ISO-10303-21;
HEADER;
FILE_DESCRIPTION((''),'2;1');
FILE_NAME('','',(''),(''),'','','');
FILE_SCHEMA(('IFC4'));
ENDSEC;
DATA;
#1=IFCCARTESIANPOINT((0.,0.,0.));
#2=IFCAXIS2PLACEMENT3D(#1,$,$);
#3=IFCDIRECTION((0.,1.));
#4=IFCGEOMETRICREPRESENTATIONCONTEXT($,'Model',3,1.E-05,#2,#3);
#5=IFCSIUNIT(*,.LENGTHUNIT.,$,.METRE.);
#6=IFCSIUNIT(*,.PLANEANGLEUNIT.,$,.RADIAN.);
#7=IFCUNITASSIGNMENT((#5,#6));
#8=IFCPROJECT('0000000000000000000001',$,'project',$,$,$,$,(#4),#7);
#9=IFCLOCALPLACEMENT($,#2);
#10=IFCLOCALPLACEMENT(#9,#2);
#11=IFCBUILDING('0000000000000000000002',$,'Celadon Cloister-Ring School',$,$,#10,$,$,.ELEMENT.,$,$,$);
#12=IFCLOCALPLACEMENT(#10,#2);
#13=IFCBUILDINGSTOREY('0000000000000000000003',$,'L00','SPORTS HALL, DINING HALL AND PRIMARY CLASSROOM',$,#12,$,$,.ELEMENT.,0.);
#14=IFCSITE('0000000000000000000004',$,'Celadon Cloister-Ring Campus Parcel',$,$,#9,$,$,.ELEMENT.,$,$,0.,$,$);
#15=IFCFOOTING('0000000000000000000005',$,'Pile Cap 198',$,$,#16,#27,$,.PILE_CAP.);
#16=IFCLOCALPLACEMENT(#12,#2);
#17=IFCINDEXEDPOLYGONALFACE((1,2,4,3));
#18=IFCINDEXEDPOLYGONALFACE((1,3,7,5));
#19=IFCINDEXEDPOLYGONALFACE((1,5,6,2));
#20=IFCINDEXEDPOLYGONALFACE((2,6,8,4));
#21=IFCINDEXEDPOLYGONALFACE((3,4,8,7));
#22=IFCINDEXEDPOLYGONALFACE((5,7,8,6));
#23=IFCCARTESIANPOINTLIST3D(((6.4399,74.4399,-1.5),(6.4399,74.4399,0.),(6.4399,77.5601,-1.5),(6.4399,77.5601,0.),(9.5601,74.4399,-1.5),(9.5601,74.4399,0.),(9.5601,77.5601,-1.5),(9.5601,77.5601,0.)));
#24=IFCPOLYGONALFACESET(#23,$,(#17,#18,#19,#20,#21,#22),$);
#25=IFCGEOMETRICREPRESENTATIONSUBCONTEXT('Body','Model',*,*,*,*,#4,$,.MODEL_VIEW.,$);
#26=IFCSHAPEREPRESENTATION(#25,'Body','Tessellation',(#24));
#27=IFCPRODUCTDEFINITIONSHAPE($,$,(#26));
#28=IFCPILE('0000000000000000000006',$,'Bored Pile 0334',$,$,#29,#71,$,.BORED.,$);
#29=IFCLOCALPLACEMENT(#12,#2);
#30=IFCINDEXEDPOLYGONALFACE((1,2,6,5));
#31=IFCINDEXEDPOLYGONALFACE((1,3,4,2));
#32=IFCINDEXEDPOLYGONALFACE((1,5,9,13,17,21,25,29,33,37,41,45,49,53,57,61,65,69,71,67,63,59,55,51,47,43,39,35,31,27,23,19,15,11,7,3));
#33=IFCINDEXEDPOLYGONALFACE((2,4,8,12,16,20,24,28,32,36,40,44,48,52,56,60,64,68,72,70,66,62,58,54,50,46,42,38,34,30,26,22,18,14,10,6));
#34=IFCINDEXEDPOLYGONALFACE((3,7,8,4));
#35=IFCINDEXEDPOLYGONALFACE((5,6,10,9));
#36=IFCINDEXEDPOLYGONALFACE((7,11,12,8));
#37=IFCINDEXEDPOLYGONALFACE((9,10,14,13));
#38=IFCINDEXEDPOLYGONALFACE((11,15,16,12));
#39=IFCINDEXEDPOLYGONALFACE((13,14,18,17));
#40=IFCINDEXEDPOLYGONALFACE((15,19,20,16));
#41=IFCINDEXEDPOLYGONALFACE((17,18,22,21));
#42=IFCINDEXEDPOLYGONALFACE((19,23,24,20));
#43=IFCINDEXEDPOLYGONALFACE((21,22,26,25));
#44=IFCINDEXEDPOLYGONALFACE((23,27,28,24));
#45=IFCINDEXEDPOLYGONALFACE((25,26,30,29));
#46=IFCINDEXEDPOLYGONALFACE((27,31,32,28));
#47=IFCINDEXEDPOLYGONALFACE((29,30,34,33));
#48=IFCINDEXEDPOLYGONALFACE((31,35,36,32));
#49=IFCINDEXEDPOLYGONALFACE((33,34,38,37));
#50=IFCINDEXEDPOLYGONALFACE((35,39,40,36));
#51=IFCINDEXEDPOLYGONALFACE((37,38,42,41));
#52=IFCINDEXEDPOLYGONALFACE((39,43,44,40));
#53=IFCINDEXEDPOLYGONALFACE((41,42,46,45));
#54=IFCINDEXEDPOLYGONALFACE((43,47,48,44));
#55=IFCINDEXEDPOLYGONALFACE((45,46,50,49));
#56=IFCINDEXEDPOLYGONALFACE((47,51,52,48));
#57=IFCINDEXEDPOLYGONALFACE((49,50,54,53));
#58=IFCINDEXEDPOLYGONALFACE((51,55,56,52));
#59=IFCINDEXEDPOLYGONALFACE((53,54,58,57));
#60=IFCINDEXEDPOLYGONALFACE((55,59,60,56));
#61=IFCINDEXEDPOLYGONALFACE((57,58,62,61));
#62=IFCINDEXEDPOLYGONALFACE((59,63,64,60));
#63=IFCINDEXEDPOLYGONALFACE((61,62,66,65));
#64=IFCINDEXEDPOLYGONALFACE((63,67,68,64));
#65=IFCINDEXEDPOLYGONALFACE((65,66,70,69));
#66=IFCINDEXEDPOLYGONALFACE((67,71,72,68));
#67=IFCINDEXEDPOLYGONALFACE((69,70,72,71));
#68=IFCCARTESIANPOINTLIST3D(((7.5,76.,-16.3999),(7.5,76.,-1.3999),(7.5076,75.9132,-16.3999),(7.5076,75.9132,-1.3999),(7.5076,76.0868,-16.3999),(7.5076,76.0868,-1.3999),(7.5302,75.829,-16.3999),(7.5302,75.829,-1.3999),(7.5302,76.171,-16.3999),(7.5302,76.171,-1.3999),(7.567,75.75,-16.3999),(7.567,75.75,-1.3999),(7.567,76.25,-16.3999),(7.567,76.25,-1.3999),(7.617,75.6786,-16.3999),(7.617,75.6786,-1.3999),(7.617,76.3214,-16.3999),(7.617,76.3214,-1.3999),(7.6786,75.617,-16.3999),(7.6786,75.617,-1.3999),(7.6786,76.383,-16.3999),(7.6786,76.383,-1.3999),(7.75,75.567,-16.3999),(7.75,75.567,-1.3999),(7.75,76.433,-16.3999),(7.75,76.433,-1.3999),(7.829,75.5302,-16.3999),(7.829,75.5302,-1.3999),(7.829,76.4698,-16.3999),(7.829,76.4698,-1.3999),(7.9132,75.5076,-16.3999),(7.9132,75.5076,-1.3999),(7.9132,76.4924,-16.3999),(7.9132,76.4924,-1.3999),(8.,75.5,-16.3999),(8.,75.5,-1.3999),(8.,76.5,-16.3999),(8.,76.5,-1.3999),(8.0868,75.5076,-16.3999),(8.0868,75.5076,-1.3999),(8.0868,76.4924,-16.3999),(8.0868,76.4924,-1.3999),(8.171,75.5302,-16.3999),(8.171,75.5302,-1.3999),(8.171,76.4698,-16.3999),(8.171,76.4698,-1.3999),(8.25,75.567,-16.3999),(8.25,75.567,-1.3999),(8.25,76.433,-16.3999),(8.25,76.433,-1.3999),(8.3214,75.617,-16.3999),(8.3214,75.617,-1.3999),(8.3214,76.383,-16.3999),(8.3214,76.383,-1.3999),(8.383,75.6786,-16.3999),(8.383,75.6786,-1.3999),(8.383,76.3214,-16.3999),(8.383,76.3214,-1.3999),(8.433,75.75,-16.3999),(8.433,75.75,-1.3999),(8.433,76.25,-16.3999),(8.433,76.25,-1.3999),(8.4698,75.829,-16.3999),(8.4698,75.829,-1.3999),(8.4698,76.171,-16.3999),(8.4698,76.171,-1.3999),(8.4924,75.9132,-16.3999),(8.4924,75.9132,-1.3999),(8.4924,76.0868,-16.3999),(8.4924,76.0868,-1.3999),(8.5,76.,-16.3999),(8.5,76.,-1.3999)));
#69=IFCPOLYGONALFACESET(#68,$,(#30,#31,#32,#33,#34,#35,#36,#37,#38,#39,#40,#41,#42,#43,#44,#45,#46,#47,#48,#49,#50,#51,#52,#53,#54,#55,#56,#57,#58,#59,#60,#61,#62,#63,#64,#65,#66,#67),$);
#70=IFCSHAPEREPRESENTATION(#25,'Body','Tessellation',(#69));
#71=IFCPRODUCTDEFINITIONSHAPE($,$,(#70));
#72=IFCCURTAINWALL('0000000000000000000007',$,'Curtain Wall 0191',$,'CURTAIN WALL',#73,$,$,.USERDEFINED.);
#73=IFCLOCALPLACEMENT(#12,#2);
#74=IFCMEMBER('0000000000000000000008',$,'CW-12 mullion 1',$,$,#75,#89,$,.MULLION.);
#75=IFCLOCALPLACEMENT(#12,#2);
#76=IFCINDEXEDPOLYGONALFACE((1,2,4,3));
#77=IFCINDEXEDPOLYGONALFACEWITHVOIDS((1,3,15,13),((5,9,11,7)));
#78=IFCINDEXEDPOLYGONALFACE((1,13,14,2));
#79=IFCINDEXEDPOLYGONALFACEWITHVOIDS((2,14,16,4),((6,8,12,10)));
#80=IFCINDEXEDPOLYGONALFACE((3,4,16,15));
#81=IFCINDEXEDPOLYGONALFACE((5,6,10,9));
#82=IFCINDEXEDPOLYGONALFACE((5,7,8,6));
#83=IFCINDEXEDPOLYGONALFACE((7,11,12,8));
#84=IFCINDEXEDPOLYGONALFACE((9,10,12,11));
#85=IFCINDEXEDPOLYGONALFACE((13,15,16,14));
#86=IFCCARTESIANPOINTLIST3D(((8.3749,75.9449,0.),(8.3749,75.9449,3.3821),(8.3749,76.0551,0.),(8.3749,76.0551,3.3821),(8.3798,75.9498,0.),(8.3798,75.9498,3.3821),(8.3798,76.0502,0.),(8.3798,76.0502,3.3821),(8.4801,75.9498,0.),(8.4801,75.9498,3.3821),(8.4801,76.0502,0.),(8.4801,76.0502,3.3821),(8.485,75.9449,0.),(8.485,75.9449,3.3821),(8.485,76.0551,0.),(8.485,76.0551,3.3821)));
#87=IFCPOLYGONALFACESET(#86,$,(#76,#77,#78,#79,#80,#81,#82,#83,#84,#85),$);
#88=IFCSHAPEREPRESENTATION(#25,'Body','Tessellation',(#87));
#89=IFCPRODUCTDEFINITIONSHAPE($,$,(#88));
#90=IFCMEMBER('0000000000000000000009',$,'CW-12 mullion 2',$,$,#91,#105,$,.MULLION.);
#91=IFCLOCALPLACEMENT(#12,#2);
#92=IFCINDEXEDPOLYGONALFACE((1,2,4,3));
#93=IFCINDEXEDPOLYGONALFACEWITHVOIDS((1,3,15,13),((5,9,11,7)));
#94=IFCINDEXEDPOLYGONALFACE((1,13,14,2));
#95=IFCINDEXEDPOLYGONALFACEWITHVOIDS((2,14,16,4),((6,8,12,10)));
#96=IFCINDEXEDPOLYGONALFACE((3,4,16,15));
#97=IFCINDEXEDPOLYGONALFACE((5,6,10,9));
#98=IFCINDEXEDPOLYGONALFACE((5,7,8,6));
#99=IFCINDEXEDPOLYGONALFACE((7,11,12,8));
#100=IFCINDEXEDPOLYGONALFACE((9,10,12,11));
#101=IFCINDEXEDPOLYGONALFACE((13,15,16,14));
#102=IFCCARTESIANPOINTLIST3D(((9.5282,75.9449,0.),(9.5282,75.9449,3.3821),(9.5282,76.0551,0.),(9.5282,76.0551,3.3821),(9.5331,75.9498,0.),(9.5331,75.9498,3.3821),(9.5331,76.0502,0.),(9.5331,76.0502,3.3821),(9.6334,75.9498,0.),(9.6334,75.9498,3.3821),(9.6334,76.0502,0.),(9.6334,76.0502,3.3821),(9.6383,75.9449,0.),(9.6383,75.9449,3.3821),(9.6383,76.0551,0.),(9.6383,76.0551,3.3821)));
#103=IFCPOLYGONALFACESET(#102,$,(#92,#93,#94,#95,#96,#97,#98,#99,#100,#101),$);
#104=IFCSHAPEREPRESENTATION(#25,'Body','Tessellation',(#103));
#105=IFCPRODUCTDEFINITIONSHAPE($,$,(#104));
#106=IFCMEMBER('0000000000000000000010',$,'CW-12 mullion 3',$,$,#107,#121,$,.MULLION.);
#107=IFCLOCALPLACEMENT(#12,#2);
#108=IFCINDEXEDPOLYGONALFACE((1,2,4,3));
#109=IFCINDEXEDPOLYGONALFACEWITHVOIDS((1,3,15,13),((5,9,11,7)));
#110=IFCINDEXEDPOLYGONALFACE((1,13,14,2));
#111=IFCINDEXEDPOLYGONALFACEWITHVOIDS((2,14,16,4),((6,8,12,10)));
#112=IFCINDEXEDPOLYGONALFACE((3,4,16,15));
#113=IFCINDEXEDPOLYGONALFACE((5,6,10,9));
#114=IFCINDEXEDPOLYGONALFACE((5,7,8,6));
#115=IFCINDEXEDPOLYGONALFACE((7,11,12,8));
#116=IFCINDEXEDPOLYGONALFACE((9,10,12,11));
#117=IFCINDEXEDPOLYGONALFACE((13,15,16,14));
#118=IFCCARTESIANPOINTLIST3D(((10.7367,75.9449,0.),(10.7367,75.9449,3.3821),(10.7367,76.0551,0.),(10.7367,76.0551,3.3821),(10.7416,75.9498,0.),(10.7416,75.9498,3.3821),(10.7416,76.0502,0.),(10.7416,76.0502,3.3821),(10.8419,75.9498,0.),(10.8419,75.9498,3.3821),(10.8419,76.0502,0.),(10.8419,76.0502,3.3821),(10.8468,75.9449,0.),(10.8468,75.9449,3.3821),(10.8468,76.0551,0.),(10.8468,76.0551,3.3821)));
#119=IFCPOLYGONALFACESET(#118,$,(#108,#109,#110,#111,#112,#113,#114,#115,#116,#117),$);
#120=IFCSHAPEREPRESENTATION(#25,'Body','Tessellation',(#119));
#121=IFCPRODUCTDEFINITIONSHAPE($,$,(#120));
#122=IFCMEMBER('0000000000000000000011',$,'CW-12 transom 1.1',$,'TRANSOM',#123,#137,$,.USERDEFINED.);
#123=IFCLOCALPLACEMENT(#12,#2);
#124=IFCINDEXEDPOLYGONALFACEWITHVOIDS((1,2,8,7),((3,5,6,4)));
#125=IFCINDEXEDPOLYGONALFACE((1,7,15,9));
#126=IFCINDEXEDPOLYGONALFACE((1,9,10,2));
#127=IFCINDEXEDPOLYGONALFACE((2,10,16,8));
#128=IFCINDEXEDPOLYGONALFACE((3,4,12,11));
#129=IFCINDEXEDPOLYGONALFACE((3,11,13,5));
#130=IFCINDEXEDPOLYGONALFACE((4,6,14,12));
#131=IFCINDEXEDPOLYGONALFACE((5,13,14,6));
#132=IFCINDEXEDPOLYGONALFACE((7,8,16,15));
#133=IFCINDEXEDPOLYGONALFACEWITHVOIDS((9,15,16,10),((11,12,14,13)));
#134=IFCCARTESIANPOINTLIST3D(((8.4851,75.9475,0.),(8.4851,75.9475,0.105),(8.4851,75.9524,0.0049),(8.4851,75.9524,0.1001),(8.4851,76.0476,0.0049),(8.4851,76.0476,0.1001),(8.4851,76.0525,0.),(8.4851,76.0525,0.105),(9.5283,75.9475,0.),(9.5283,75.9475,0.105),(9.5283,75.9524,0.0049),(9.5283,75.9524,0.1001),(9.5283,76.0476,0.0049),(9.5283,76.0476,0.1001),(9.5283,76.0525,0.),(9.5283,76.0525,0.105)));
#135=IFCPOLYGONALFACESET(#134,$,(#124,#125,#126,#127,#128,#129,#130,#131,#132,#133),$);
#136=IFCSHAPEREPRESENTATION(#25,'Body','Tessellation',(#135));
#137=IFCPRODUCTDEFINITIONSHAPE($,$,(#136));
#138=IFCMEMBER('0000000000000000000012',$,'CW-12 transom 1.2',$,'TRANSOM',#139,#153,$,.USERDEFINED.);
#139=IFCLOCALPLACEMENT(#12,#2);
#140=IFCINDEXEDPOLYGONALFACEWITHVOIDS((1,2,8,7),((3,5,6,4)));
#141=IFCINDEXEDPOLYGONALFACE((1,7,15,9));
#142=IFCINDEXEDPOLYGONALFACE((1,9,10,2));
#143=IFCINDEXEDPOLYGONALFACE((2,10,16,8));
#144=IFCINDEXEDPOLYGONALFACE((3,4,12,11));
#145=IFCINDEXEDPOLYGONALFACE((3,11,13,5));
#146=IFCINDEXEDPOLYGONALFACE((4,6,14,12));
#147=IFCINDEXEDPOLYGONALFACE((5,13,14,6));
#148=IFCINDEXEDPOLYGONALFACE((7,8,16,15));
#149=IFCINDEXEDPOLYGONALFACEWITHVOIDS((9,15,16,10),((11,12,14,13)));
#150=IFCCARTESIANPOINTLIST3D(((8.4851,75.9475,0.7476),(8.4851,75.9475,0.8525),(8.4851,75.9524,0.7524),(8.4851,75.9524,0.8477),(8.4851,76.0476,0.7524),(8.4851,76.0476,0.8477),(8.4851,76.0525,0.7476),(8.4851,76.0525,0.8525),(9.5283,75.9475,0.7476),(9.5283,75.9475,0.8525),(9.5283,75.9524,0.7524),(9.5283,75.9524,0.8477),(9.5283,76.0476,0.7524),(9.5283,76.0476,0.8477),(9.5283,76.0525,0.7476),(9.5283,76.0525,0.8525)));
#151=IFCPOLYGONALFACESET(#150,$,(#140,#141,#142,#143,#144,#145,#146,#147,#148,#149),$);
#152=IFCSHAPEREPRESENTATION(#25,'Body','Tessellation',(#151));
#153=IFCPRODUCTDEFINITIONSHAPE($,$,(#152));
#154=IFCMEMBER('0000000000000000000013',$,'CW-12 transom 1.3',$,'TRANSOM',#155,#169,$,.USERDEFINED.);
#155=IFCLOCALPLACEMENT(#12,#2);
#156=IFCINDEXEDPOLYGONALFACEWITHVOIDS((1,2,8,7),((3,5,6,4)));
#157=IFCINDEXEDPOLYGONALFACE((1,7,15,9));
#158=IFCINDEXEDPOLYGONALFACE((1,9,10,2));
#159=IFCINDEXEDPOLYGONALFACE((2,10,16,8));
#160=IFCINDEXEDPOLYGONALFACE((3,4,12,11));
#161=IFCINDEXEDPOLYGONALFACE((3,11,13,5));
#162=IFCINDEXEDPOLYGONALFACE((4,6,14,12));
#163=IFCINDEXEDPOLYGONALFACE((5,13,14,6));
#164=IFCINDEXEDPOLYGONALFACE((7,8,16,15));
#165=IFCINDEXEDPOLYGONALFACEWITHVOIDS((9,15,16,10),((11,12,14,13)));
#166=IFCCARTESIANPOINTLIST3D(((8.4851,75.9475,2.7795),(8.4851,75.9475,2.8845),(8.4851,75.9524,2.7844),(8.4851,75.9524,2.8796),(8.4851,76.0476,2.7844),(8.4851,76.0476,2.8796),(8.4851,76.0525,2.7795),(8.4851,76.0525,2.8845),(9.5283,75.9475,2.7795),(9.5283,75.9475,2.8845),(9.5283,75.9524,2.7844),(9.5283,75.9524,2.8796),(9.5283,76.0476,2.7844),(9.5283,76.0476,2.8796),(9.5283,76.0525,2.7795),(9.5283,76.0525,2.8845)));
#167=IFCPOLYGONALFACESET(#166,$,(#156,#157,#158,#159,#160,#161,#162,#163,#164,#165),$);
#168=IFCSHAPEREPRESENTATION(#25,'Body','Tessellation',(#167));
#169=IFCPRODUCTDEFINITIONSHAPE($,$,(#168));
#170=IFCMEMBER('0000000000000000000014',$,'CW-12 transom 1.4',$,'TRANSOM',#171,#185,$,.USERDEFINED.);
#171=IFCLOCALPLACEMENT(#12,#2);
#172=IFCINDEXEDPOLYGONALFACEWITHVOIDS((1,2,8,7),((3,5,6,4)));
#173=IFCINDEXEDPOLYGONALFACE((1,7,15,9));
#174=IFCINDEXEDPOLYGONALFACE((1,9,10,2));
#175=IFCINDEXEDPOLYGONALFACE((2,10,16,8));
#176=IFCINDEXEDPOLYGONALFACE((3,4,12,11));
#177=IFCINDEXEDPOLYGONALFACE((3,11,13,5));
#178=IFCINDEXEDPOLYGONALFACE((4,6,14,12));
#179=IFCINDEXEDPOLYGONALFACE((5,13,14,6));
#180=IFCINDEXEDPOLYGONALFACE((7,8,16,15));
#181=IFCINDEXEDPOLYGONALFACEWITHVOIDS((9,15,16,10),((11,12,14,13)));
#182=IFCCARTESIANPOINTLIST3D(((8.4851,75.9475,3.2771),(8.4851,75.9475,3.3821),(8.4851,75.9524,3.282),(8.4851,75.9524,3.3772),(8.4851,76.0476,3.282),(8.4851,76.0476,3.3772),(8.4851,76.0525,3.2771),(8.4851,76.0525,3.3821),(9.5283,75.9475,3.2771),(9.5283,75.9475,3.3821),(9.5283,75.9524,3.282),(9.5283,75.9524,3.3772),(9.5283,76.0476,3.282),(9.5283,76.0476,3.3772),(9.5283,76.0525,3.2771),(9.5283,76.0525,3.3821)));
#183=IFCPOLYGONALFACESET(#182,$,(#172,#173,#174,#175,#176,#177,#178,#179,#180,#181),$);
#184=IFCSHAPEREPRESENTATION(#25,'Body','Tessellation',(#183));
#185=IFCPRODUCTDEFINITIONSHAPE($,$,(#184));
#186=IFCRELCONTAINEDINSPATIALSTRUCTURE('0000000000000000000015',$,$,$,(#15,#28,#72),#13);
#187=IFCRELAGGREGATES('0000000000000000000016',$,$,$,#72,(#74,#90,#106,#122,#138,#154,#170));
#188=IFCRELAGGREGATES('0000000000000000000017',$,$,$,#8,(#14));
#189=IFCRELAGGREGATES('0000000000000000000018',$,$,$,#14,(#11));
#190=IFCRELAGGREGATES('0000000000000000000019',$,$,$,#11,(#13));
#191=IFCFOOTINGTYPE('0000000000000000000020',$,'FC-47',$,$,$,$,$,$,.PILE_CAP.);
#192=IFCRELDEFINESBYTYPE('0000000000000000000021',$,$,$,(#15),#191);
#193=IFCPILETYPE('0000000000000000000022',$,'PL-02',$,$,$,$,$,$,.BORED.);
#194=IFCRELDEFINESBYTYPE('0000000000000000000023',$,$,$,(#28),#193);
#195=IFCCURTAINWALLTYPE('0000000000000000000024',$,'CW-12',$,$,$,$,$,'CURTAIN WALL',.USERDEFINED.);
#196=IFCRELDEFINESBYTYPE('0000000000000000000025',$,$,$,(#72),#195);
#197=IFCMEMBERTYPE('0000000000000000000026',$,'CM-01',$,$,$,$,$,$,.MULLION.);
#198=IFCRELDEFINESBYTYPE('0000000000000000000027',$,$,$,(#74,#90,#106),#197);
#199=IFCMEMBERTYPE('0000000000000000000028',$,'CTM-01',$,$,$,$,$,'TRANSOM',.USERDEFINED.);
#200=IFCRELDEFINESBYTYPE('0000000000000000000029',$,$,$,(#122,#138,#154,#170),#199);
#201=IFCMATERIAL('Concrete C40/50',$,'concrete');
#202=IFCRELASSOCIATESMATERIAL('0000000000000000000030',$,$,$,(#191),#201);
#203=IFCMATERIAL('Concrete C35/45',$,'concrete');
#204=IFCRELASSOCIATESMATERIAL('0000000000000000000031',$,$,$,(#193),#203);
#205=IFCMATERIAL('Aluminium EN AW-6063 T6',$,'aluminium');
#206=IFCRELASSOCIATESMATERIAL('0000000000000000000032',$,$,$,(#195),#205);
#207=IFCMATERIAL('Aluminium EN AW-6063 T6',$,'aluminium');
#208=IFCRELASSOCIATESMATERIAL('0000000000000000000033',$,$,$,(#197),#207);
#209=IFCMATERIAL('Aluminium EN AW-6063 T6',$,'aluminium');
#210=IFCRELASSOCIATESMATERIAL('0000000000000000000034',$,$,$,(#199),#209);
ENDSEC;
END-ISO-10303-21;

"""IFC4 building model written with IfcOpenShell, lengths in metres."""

from ifc_helpers import new_model, si_unit, direction, frame, origin, origin_2d, place, context, subcontext, project, spatial, rectangle, hollow_rectangle, circle, extrude, material, material_profile, profile_set, type_object, element, aggregate, save


model = new_model("IFC4")

# Units and contexts
model_context = context("Model", 3, precision=1e-05, world=origin(), true_north=direction((0.0, 1.0)))
body_context = subcontext(model_context, "Body", "Model", "MODEL_VIEW")
ifc_project = project(units=[si_unit("LENGTHUNIT", "METRE"), si_unit("PLANEANGLEUNIT", "RADIAN")], contexts=[model_context])

# Site, building, storey
site_placement = place(None, origin())
site = spatial("IfcSite", under=ifc_project, at=site_placement, Name="Celadon Cloister-Ring Campus Parcel", CompositionType="ELEMENT", RefElevation=0.0)
building_placement = place(site_placement, origin())
building = spatial("IfcBuilding", under=site, at=building_placement, Name="Celadon Cloister-Ring School", CompositionType="ELEMENT")
storey_placement = place(building_placement, origin())
storey = spatial("IfcBuildingStorey", under=building, at=storey_placement, Name="L00", Description="SPORTS HALL, DINING HALL AND PRIMARY CLASSROOM", CompositionType="ELEMENT", Elevation=0.0)

# Footing
ifc_material_1 = material(Name="Concrete C40/50", Category="concrete")
footing_type = type_object("IfcFootingType", Name="FC-47", PredefinedType="PILE_CAP", material=ifc_material_1)
footing_placement = place(storey_placement, frame((8.0, 76.0, -1.5), z_axis=(0.0, 0.0, 1.0), x_axis=(1.0, 0.0, 0.0)))
element("IfcFooting", 1, at=footing_placement, inside=storey, type_object=footing_type, Name="Pile Cap 198", PredefinedType="PILE_CAP", context=body_context, shape_type="SweptSolid", body=[
    extrude(rectangle(XDim=3.1201, YDim=3.1201, at=origin_2d()), origin(), (0.0, 0.0, 1.0), 1.5),
])

# Pile
ifc_material_2 = material(Name="Concrete C35/45", Category="concrete")
ifc_material_profile_1 = material_profile(ifc_material_2, circle(Radius=0.5, at=origin_2d()), Name="PILE1000")
ifc_profile_set_1 = profile_set([ifc_material_profile_1], Name="Concrete C35/45")
pile_type = type_object("IfcPileType", Name="PL-02", PredefinedType="BORED", material=ifc_profile_set_1)
pile_placement = place(storey_placement, frame((8.0, 76.0, -1.3999), z_axis=(0.0, 0.0, -1.0), x_axis=(1.0, 0.0, 0.0)))
element("IfcPile", 2, at=pile_placement, inside=storey, type_object=pile_type, Name="Bored Pile 0334", PredefinedType="BORED", context=body_context, shape_type="SweptSolid", body=[
    extrude(circle(Radius=0.5, at=origin_2d()), origin(), (0.0, 0.0, 1.0), 15.0),
])

# Curtain wall, members
ifc_material_3 = material(Name="Aluminium EN AW-6063 T6", Category="aluminium")
curtain_wall_type = type_object("IfcCurtainWallType", Name="CW-12", ElementType="CURTAIN WALL", PredefinedType="USERDEFINED", material=ifc_material_3)
curtain_wall_placement = place(storey_placement, origin())
curtain_wall = element("IfcCurtainWall", 3, at=curtain_wall_placement, inside=storey, type_object=curtain_wall_type, Name="Curtain Wall 0191", ObjectType="CURTAIN WALL", PredefinedType="USERDEFINED")
ifc_material_4 = material(Name="Aluminium EN AW-6063 T6", Category="aluminium")
ifc_material_profile_2 = material_profile(ifc_material_4, hollow_rectangle(XDim=0.1101, YDim=0.1101, WallThickness=0.0049, at=origin_2d()), Name="RHS110X110X5")
ifc_profile_set_2 = profile_set([ifc_material_profile_2], Name="Aluminium EN AW-6063 T6")
member_type_1 = type_object("IfcMemberType", Name="CM-01", PredefinedType="MULLION", material=ifc_profile_set_2)
member_1_placement = place(storey_placement, frame((8.4299, 76.0, 0.0), z_axis=(0.0, 0.0, 1.0), x_axis=(0.0, 1.0, 0.0)))
member_1 = element("IfcMember", 4, at=member_1_placement, type_object=member_type_1, Name="CW-12 mullion 1", PredefinedType="MULLION", context=body_context, shape_type="SweptSolid", body=[
    extrude(hollow_rectangle(XDim=0.1101, YDim=0.1101, WallThickness=0.0049, at=origin_2d()), origin(), (0.0, 0.0, 1.0), 3.3821),
])
member_2_placement = place(storey_placement, frame((9.5833, 76.0, 0.0), z_axis=(0.0, 0.0, 1.0), x_axis=(0.0, 1.0, 0.0)))
member_2 = element("IfcMember", 5, at=member_2_placement, type_object=member_type_1, Name="CW-12 mullion 2", PredefinedType="MULLION", context=body_context, shape_type="SweptSolid", body=[
    extrude(hollow_rectangle(XDim=0.1101, YDim=0.1101, WallThickness=0.0049, at=origin_2d()), origin(), (0.0, 0.0, 1.0), 3.3821),
])
member_3_placement = place(storey_placement, frame((10.7917, 76.0, 0.0), z_axis=(0.0, 0.0, 1.0), x_axis=(0.0, 1.0, 0.0)))
member_3 = element("IfcMember", 6, at=member_3_placement, type_object=member_type_1, Name="CW-12 mullion 3", PredefinedType="MULLION", context=body_context, shape_type="SweptSolid", body=[
    extrude(hollow_rectangle(XDim=0.1101, YDim=0.1101, WallThickness=0.0049, at=origin_2d()), origin(), (0.0, 0.0, 1.0), 3.3821),
])
ifc_material_5 = material(Name="Aluminium EN AW-6063 T6", Category="aluminium")
ifc_material_profile_3 = material_profile(ifc_material_5, hollow_rectangle(XDim=0.105, YDim=0.105, WallThickness=0.0049, at=origin_2d()), Name="RHS105X105X5")
ifc_profile_set_3 = profile_set([ifc_material_profile_3], Name="Aluminium EN AW-6063 T6")
member_type_2 = type_object("IfcMemberType", Name="CTM-01", ElementType="TRANSOM", PredefinedType="USERDEFINED", material=ifc_profile_set_3)
member_4_placement = place(storey_placement, frame((8.4851, 76.0, 0.0525), z_axis=(1.0, 0.0, 0.0), x_axis=(0.0, 1.0, 0.0)))
member_4 = element("IfcMember", 7, at=member_4_placement, type_object=member_type_2, Name="CW-12 transom 1.1", ObjectType="TRANSOM", PredefinedType="USERDEFINED", context=body_context, shape_type="SweptSolid", body=[
    extrude(hollow_rectangle(XDim=0.105, YDim=0.105, WallThickness=0.0049, at=origin_2d()), origin(), (0.0, 0.0, 1.0), 1.0432),
])
member_5_placement = place(storey_placement, frame((8.4851, 76.0, 0.8), z_axis=(1.0, 0.0, 0.0), x_axis=(0.0, 1.0, 0.0)))
member_5 = element("IfcMember", 8, at=member_5_placement, type_object=member_type_2, Name="CW-12 transom 1.2", ObjectType="TRANSOM", PredefinedType="USERDEFINED", context=body_context, shape_type="SweptSolid", body=[
    extrude(hollow_rectangle(XDim=0.105, YDim=0.105, WallThickness=0.0049, at=origin_2d()), origin(), (0.0, 0.0, 1.0), 1.0432),
])
member_6_placement = place(storey_placement, frame((8.4851, 76.0, 2.832), z_axis=(1.0, 0.0, 0.0), x_axis=(0.0, 1.0, 0.0)))
member_6 = element("IfcMember", 9, at=member_6_placement, type_object=member_type_2, Name="CW-12 transom 1.3", ObjectType="TRANSOM", PredefinedType="USERDEFINED", context=body_context, shape_type="SweptSolid", body=[
    extrude(hollow_rectangle(XDim=0.105, YDim=0.105, WallThickness=0.0049, at=origin_2d()), origin(), (0.0, 0.0, 1.0), 1.0432),
])
member_7_placement = place(storey_placement, frame((8.4851, 76.0, 3.3296), z_axis=(1.0, 0.0, 0.0), x_axis=(0.0, 1.0, 0.0)))
member_7 = element("IfcMember", 10, at=member_7_placement, type_object=member_type_2, Name="CW-12 transom 1.4", ObjectType="TRANSOM", PredefinedType="USERDEFINED", context=body_context, shape_type="SweptSolid", body=[
    extrude(hollow_rectangle(XDim=0.105, YDim=0.105, WallThickness=0.0049, at=origin_2d()), origin(), (0.0, 0.0, 1.0), 1.0432),
])

aggregate(curtain_wall, [member_1, member_2, member_3, member_4, member_5, member_6, member_7])

save(model, "model.ifc")
